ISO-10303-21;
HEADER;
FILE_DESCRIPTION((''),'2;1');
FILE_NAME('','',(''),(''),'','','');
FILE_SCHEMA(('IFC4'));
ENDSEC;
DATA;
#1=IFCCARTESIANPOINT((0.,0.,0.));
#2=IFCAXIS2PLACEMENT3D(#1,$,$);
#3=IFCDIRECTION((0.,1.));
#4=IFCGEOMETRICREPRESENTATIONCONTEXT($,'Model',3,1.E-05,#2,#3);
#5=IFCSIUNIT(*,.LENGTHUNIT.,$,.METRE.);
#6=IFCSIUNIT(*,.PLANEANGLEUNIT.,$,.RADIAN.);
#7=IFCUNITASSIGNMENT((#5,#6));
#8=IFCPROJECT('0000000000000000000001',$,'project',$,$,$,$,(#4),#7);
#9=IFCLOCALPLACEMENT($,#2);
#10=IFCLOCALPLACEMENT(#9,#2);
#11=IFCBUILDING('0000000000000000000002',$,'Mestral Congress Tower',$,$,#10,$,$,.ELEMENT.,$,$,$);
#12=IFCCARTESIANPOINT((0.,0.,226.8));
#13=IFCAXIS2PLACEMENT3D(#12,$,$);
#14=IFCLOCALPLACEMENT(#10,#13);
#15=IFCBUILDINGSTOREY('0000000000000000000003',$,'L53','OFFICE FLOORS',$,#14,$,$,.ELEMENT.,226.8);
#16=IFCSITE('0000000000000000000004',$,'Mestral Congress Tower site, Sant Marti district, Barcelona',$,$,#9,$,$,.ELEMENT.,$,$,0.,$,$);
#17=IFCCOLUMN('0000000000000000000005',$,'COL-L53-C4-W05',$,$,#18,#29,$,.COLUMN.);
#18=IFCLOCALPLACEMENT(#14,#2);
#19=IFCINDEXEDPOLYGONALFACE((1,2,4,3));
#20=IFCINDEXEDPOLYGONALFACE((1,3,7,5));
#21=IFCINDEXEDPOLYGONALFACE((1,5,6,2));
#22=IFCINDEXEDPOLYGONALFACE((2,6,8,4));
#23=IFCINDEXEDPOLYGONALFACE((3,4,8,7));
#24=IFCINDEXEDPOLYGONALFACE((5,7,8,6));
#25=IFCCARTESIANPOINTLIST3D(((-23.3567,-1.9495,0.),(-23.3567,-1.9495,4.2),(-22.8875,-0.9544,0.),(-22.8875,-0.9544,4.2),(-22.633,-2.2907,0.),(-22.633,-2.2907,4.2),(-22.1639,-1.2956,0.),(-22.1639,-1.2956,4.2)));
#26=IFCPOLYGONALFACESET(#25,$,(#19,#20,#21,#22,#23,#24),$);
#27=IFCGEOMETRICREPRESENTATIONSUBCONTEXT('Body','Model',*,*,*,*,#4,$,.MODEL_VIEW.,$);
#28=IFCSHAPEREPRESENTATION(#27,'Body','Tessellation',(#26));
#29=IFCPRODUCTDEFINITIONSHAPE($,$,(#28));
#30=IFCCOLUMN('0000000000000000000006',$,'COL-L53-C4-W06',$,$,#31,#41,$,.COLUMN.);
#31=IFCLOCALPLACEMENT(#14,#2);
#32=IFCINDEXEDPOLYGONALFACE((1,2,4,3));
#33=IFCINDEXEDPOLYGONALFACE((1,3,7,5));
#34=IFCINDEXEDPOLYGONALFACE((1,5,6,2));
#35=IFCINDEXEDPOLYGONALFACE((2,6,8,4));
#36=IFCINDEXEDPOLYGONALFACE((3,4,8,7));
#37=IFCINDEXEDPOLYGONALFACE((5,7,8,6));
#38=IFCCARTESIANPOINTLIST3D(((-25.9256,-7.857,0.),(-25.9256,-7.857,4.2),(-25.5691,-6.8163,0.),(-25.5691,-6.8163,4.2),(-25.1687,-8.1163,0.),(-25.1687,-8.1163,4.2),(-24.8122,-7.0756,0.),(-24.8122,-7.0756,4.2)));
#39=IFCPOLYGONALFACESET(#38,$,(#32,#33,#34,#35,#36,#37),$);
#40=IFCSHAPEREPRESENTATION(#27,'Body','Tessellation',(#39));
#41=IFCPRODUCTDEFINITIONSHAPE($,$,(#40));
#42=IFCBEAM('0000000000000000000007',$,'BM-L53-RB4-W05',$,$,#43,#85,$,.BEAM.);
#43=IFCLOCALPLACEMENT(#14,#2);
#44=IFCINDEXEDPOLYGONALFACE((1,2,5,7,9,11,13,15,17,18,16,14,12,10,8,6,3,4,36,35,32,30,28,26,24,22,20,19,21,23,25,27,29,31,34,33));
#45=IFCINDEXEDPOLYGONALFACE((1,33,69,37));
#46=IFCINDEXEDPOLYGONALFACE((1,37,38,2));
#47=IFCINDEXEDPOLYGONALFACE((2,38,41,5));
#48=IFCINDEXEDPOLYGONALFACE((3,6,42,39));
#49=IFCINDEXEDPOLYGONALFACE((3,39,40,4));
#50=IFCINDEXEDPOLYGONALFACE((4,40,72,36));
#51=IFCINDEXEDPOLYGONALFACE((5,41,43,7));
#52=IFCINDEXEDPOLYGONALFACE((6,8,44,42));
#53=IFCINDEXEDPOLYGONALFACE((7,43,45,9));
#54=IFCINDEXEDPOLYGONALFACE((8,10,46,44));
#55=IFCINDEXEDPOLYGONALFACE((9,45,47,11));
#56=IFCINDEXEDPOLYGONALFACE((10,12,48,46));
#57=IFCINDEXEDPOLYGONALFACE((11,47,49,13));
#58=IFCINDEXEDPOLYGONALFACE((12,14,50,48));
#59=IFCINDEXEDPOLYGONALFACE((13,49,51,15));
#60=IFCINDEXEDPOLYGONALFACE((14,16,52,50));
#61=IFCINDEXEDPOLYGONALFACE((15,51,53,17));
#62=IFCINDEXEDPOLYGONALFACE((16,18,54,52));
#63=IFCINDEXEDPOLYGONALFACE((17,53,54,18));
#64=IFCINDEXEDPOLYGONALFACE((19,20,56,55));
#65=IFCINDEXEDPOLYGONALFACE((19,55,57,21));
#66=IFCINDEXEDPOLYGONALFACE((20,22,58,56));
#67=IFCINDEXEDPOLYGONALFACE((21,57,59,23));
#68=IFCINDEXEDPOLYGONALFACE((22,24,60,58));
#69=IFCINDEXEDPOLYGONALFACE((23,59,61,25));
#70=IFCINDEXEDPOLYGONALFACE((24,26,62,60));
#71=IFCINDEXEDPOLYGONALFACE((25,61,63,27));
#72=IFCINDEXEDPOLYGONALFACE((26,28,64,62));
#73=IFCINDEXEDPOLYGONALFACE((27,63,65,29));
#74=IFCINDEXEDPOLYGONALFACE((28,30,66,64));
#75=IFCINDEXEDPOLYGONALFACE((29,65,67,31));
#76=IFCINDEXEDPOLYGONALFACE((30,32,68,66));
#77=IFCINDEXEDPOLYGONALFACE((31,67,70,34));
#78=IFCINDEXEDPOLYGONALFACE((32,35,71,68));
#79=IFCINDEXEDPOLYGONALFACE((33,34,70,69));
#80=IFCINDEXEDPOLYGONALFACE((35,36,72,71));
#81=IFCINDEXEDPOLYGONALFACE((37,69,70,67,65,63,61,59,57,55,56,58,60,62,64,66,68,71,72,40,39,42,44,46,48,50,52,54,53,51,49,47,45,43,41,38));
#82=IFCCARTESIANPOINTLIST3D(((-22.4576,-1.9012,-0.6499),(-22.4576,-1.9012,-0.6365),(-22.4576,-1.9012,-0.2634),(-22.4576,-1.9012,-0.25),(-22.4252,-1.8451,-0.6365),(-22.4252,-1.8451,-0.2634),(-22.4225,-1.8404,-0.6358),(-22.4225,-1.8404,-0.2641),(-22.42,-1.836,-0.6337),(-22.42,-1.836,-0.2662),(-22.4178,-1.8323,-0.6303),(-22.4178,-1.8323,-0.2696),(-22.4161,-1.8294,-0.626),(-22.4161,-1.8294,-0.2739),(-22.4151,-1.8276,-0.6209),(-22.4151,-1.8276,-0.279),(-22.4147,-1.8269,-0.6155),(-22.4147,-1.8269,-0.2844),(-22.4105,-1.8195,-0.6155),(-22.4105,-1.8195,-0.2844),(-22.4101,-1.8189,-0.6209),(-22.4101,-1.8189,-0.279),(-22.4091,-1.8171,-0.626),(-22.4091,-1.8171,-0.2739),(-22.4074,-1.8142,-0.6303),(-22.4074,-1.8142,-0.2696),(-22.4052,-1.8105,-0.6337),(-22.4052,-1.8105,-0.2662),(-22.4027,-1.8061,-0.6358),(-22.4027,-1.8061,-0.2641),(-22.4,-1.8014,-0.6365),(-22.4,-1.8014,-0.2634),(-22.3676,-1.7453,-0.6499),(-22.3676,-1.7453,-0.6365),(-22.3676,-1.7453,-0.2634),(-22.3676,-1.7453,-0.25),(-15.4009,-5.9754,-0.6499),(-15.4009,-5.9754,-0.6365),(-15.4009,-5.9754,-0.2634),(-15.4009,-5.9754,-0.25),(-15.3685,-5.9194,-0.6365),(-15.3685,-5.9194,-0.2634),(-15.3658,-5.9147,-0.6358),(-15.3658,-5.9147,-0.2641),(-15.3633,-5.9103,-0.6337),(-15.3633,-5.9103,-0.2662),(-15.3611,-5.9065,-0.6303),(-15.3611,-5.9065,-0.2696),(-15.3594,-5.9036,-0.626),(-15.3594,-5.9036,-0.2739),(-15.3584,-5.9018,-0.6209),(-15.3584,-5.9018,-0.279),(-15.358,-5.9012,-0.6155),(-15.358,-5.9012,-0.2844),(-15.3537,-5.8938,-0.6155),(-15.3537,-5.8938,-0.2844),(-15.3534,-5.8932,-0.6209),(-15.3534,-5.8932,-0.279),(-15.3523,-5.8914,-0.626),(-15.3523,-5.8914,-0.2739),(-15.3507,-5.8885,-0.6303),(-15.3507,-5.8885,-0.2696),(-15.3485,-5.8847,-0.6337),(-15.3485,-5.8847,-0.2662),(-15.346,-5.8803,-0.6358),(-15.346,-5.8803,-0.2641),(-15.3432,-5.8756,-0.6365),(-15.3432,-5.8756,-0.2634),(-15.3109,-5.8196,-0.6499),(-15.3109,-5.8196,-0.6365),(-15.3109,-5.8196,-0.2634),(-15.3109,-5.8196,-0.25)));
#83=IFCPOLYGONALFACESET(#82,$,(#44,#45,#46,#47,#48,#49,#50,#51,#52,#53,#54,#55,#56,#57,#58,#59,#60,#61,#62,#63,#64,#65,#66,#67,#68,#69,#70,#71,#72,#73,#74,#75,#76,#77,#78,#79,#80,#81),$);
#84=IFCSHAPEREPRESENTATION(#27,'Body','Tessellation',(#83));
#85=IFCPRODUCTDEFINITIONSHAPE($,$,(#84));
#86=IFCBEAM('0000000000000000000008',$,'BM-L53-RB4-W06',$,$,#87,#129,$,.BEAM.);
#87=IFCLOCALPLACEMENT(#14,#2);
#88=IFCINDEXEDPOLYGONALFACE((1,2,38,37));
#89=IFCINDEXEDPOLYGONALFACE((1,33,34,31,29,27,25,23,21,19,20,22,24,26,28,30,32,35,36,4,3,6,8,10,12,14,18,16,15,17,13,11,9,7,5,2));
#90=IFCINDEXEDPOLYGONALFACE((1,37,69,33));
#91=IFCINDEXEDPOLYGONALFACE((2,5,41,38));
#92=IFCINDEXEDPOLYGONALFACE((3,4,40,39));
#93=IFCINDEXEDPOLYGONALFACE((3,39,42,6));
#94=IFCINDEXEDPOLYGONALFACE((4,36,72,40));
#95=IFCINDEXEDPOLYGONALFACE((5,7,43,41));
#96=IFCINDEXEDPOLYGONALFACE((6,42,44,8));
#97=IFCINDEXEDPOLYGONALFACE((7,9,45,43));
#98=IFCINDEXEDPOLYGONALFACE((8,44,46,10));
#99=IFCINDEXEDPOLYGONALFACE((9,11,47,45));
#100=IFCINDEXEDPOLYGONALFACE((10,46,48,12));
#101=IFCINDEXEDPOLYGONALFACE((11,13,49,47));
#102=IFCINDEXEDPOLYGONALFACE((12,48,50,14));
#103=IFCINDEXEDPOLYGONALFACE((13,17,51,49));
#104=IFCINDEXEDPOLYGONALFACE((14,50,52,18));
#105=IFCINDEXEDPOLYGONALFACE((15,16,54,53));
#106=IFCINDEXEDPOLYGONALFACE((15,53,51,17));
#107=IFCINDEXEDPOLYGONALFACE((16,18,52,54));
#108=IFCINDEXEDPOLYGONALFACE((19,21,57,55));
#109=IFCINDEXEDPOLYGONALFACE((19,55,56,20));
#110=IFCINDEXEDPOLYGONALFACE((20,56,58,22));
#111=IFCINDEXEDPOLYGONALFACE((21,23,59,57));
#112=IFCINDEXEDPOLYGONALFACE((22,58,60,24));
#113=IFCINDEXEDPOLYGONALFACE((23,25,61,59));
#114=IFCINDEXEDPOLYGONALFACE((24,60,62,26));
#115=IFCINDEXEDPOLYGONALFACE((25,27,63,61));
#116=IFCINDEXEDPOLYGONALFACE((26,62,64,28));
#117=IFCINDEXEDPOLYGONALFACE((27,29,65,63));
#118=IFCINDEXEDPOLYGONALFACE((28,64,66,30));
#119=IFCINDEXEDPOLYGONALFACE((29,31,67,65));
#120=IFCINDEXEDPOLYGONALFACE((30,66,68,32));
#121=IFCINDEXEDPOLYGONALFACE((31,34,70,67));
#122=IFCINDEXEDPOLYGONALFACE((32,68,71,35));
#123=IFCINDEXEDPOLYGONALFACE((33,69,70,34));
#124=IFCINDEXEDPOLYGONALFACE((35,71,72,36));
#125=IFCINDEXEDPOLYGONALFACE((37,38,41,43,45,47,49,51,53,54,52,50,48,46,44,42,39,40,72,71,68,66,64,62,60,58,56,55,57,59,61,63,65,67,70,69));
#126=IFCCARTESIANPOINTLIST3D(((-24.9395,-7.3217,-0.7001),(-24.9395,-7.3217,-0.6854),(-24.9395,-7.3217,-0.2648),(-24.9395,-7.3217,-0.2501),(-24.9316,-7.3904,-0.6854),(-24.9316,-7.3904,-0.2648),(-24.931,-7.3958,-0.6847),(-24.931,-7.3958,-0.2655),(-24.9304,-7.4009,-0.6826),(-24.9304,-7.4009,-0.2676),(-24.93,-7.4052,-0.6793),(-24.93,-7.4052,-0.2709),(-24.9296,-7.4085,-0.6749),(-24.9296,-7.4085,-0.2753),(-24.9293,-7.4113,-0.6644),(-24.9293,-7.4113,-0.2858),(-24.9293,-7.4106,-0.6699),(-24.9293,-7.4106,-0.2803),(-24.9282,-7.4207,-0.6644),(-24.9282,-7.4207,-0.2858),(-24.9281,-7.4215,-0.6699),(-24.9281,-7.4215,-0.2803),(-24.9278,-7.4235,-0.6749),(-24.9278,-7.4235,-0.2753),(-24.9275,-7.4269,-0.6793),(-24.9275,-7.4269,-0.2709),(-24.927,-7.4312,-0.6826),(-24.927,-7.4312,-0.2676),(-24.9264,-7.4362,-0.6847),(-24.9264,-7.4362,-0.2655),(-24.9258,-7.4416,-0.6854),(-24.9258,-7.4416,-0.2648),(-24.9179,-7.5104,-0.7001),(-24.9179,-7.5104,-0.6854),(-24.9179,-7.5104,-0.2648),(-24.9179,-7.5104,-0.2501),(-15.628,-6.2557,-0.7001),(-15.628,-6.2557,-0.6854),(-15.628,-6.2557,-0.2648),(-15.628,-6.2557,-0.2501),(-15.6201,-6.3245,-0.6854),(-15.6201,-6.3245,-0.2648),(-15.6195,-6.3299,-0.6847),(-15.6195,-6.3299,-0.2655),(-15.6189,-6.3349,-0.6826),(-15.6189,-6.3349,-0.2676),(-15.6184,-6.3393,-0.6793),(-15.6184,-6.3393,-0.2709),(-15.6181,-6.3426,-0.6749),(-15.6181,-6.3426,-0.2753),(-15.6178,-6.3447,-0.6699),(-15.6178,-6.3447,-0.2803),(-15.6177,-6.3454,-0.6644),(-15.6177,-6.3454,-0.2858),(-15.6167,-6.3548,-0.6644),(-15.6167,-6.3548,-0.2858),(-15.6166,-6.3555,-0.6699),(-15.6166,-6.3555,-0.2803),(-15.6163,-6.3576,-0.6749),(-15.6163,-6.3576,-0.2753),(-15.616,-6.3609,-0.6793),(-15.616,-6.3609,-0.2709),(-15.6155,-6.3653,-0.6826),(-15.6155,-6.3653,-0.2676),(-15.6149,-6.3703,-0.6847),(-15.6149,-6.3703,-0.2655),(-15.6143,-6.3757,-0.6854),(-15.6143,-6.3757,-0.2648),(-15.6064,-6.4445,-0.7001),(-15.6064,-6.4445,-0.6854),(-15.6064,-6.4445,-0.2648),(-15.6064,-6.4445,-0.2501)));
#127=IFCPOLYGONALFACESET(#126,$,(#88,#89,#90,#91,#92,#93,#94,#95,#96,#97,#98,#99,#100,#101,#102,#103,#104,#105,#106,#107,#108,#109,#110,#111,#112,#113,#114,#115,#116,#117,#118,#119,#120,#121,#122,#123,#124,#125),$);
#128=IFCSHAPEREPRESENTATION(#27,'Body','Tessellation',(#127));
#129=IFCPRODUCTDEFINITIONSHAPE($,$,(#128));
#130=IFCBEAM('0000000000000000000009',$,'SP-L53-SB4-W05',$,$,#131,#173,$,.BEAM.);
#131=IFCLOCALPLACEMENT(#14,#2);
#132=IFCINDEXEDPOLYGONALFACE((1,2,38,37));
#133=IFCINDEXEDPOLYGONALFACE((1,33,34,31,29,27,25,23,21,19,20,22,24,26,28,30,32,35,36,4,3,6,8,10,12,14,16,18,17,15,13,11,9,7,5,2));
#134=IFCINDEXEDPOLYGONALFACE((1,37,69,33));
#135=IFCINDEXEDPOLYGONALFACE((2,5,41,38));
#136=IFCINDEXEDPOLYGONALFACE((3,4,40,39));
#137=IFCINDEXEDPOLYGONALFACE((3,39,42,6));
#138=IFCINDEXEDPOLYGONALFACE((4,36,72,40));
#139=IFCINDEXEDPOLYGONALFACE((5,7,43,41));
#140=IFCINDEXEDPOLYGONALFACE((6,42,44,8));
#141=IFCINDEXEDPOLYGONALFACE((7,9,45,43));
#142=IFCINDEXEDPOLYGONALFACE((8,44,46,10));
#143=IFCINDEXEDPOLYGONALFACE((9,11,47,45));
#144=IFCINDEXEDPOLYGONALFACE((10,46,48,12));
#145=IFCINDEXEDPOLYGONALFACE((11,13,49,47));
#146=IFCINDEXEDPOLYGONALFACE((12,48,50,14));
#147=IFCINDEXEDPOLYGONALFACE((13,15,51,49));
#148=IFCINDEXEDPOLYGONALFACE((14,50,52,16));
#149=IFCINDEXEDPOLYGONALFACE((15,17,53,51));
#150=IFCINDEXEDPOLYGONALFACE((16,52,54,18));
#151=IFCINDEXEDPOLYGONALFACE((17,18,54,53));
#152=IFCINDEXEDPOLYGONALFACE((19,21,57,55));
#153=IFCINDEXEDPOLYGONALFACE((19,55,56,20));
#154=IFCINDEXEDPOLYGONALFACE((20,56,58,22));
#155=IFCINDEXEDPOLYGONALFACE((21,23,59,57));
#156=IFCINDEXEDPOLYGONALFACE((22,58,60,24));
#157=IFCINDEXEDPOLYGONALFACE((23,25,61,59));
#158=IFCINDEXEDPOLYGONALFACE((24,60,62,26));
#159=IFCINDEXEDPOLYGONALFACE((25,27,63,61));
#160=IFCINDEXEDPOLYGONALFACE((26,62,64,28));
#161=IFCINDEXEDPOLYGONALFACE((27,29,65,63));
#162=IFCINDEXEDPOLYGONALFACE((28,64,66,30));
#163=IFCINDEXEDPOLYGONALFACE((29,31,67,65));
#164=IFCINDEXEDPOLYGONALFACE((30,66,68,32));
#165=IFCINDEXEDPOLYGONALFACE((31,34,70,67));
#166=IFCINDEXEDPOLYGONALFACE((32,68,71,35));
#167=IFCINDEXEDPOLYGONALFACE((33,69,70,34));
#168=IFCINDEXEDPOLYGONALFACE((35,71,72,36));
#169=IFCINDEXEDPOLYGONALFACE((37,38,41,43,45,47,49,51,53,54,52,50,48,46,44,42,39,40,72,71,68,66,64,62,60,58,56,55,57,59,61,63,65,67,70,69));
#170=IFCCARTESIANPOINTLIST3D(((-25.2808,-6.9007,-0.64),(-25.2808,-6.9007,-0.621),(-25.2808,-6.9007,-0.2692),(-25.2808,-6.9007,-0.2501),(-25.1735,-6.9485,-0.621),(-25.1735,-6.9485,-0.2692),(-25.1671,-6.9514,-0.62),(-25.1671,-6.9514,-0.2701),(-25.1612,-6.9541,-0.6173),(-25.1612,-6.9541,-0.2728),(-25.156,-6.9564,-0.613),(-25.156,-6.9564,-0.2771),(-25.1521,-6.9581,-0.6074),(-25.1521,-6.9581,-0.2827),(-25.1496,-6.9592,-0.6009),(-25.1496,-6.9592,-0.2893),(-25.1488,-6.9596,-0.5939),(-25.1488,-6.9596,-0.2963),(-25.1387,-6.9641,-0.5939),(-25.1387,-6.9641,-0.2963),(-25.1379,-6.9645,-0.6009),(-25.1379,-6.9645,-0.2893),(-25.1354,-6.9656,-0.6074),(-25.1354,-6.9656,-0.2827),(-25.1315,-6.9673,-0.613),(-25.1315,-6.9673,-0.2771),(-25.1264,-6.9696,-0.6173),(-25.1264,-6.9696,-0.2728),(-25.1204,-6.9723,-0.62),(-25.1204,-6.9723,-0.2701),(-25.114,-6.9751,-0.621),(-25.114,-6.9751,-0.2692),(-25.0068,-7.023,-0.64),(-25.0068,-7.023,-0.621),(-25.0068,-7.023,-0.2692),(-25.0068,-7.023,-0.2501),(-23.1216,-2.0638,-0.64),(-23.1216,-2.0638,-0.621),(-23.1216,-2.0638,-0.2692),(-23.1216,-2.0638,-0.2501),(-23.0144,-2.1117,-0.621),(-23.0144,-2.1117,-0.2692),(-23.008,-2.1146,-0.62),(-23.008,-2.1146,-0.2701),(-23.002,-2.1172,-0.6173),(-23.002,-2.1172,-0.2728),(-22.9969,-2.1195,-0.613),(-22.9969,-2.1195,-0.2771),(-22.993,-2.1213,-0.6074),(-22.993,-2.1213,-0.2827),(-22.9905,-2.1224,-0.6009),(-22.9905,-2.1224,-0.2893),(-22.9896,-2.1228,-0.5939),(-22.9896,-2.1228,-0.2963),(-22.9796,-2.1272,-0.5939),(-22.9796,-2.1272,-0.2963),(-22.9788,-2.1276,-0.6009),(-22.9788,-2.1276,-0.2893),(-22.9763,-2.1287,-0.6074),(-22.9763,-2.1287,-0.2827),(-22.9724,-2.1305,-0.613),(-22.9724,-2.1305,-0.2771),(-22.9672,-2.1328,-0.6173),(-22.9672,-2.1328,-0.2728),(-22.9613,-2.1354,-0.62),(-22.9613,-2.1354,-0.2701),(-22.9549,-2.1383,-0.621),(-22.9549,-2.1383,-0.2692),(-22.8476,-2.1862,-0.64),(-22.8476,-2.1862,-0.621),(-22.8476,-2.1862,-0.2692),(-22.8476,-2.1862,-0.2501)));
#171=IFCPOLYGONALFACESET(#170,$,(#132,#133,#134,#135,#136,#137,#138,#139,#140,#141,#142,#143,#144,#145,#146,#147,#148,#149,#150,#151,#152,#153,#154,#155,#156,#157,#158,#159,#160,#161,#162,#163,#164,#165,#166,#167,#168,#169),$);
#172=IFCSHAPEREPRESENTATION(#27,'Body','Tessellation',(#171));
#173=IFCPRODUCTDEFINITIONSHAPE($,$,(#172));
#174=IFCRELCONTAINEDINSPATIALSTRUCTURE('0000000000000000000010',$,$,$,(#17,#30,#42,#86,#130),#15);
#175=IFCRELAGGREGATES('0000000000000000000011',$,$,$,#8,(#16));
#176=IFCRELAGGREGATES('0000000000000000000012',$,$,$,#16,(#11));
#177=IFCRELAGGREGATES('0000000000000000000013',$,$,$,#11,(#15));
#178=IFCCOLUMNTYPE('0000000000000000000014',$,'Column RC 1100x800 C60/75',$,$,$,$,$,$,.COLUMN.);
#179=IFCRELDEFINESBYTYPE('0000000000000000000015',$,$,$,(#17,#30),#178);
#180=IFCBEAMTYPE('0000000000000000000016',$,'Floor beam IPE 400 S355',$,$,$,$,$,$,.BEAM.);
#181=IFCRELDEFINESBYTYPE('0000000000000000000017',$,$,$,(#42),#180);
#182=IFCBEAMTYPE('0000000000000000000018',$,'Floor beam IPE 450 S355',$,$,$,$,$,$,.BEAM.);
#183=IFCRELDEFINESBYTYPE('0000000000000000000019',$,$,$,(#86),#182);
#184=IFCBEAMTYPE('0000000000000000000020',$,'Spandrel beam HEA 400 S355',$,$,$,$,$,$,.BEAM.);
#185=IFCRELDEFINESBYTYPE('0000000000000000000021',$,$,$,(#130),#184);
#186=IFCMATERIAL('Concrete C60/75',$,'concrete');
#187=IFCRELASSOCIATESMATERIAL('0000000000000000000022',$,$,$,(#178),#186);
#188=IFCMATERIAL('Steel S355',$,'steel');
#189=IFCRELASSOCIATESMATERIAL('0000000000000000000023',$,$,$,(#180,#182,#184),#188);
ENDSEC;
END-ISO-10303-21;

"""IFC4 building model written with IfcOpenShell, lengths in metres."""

from ifc_helpers import new_model, si_unit, direction, frame, origin, origin_2d, place, context, subcontext, project, spatial, rectangle, i_section, extrude, material, material_profile, profile_set, type_object, element, save


model = new_model("IFC4")

# Units and contexts
model_context = context("Model", 3, precision=1e-05, world=origin(), true_north=direction((0.0, 1.0)))
body_context = subcontext(model_context, "Body", "Model", "MODEL_VIEW")
ifc_project = project(units=[si_unit("LENGTHUNIT", "METRE"), si_unit("PLANEANGLEUNIT", "RADIAN")], contexts=[model_context])

# Site, building, storey
site_placement = place(None, origin())
site = spatial("IfcSite", under=ifc_project, at=site_placement, Name="Mestral Congress Tower site, Sant Marti district, Barcelona", CompositionType="ELEMENT", RefElevation=0.0)
building_placement = place(site_placement, origin())
building = spatial("IfcBuilding", under=site, at=building_placement, Name="Mestral Congress Tower", CompositionType="ELEMENT")
storey_placement = place(building_placement, frame((0.0, 0.0, 226.8)))
storey = spatial("IfcBuildingStorey", under=building, at=storey_placement, Name="L53", Description="OFFICE FLOORS", CompositionType="ELEMENT", Elevation=226.8)

# Columns
ifc_material_1 = material(Name="Concrete C60/75", Category="concrete")
ifc_material_profile_1 = material_profile(ifc_material_1, rectangle(XDim=1.1001, YDim=0.8, at=origin_2d()), Name="RC 1100x800")
ifc_profile_set_1 = profile_set([ifc_material_profile_1], Name="Concrete C60/75")
column_type = type_object("IfcColumnType", Name="Column RC 1100x800 C60/75", PredefinedType="COLUMN", material=ifc_profile_set_1)
for number, where, z_axis, x_axis, name in (
    (1, (-22.7603, -1.6226, 0.0), (0.0, 0.0, 1.0), (-0.426472, -0.904501, 0.0), "COL-L53-C4-W05"),
    (2, (-25.3689, -7.4663, 0.0), (0.0, 0.0, 1.0), (-0.324074, -0.946032, 0.0), "COL-L53-C4-W06"),
):
    element("IfcColumn", number, at=place(storey_placement, frame(where, z_axis=z_axis, x_axis=x_axis)), inside=storey, type_object=column_type, Name=name, PredefinedType="COLUMN", context=body_context, shape_type="SweptSolid", body=[
        extrude(rectangle(XDim=1.1001, YDim=0.8, at=origin_2d()), origin(), (0.0, 0.0, 1.0), 4.2),
    ])

# Beams
ifc_material_2 = material(Name="Steel S355", Category="steel")
ifc_material_profile_2 = material_profile(ifc_material_2, i_section(OverallWidth=0.1799, OverallDepth=0.3999, WebThickness=0.0085, FlangeThickness=0.0134, FilletRadius=0.021, at=origin_2d()), Name="IPE 400")
ifc_profile_set_2 = profile_set([ifc_material_profile_2], Name="Steel S355")
beam_type_1 = type_object("IfcBeamType", Name="Floor beam IPE 400 S355", PredefinedType="BEAM", material=ifc_profile_set_2)
beam_1_placement = place(storey_placement, frame((-22.4126, -1.8232, -0.45), z_axis=(0.866022, -0.500006, 0.0), x_axis=(0.500006, 0.866022, 0.0)))
element("IfcBeam", 3, at=beam_1_placement, inside=storey, type_object=beam_type_1, Name="BM-L53-RB4-W05", PredefinedType="BEAM", context=body_context, shape_type="SweptSolid", body=[
    extrude(i_section(OverallWidth=0.1799, OverallDepth=0.3999, WebThickness=0.0085, FlangeThickness=0.0134, FilletRadius=0.021, at=origin_2d()), origin(), (0.0, 0.0, 1.0), 8.1484),
])
ifc_material_profile_3 = material_profile(ifc_material_2, i_section(OverallWidth=0.1899, OverallDepth=0.45, WebThickness=0.0095, FlangeThickness=0.0146, FilletRadius=0.021, at=origin_2d()), Name="IPE 450")
ifc_profile_set_3 = profile_set([ifc_material_profile_3], Name="Steel S355")
beam_type_2 = type_object("IfcBeamType", Name="Floor beam IPE 450 S355", PredefinedType="BEAM", material=ifc_profile_set_3)
beam_2_placement = place(storey_placement, frame((-24.9287, -7.416, -0.4751), z_axis=(0.993512, 0.11373, 0.0), x_axis=(-0.11373, 0.993512, 0.0)))
element("IfcBeam", 4, at=beam_2_placement, inside=storey, type_object=beam_type_2, Name="BM-L53-RB4-W06", PredefinedType="BEAM", context=body_context, shape_type="SweptSolid", body=[
    extrude(i_section(OverallWidth=0.1899, OverallDepth=0.45, WebThickness=0.0095, FlangeThickness=0.0146, FilletRadius=0.021, at=origin_2d()), origin(), (0.0, 0.0, 1.0), 9.3723),
])
ifc_material_profile_4 = material_profile(ifc_material_2, i_section(OverallWidth=0.3, OverallDepth=0.3899, WebThickness=0.011, FlangeThickness=0.019, FilletRadius=0.0271, at=origin_2d()), Name="HEA 400")
ifc_profile_set_4 = profile_set([ifc_material_profile_4], Name="Steel S355")
beam_type_3 = type_object("IfcBeamType", Name="Spandrel beam HEA 400 S355", PredefinedType="BEAM", material=ifc_profile_set_4)
beam_3_placement = place(storey_placement, frame((-22.9846, -2.125, -0.4451), z_axis=(-0.407626, -0.913149, 0.0), x_axis=(0.913149, -0.407626, 0.0)))
element("IfcBeam", 5, at=beam_3_placement, inside=storey, type_object=beam_type_3, Name="SP-L53-SB4-W05", PredefinedType="BEAM", context=body_context, shape_type="SweptSolid", body=[
    extrude(i_section(OverallWidth=0.3, OverallDepth=0.3899, WebThickness=0.011, FlangeThickness=0.019, FilletRadius=0.0271, at=origin_2d()), origin(), (0.0, 0.0, 1.0), 5.2969),
])

save(model, "model.ifc")
